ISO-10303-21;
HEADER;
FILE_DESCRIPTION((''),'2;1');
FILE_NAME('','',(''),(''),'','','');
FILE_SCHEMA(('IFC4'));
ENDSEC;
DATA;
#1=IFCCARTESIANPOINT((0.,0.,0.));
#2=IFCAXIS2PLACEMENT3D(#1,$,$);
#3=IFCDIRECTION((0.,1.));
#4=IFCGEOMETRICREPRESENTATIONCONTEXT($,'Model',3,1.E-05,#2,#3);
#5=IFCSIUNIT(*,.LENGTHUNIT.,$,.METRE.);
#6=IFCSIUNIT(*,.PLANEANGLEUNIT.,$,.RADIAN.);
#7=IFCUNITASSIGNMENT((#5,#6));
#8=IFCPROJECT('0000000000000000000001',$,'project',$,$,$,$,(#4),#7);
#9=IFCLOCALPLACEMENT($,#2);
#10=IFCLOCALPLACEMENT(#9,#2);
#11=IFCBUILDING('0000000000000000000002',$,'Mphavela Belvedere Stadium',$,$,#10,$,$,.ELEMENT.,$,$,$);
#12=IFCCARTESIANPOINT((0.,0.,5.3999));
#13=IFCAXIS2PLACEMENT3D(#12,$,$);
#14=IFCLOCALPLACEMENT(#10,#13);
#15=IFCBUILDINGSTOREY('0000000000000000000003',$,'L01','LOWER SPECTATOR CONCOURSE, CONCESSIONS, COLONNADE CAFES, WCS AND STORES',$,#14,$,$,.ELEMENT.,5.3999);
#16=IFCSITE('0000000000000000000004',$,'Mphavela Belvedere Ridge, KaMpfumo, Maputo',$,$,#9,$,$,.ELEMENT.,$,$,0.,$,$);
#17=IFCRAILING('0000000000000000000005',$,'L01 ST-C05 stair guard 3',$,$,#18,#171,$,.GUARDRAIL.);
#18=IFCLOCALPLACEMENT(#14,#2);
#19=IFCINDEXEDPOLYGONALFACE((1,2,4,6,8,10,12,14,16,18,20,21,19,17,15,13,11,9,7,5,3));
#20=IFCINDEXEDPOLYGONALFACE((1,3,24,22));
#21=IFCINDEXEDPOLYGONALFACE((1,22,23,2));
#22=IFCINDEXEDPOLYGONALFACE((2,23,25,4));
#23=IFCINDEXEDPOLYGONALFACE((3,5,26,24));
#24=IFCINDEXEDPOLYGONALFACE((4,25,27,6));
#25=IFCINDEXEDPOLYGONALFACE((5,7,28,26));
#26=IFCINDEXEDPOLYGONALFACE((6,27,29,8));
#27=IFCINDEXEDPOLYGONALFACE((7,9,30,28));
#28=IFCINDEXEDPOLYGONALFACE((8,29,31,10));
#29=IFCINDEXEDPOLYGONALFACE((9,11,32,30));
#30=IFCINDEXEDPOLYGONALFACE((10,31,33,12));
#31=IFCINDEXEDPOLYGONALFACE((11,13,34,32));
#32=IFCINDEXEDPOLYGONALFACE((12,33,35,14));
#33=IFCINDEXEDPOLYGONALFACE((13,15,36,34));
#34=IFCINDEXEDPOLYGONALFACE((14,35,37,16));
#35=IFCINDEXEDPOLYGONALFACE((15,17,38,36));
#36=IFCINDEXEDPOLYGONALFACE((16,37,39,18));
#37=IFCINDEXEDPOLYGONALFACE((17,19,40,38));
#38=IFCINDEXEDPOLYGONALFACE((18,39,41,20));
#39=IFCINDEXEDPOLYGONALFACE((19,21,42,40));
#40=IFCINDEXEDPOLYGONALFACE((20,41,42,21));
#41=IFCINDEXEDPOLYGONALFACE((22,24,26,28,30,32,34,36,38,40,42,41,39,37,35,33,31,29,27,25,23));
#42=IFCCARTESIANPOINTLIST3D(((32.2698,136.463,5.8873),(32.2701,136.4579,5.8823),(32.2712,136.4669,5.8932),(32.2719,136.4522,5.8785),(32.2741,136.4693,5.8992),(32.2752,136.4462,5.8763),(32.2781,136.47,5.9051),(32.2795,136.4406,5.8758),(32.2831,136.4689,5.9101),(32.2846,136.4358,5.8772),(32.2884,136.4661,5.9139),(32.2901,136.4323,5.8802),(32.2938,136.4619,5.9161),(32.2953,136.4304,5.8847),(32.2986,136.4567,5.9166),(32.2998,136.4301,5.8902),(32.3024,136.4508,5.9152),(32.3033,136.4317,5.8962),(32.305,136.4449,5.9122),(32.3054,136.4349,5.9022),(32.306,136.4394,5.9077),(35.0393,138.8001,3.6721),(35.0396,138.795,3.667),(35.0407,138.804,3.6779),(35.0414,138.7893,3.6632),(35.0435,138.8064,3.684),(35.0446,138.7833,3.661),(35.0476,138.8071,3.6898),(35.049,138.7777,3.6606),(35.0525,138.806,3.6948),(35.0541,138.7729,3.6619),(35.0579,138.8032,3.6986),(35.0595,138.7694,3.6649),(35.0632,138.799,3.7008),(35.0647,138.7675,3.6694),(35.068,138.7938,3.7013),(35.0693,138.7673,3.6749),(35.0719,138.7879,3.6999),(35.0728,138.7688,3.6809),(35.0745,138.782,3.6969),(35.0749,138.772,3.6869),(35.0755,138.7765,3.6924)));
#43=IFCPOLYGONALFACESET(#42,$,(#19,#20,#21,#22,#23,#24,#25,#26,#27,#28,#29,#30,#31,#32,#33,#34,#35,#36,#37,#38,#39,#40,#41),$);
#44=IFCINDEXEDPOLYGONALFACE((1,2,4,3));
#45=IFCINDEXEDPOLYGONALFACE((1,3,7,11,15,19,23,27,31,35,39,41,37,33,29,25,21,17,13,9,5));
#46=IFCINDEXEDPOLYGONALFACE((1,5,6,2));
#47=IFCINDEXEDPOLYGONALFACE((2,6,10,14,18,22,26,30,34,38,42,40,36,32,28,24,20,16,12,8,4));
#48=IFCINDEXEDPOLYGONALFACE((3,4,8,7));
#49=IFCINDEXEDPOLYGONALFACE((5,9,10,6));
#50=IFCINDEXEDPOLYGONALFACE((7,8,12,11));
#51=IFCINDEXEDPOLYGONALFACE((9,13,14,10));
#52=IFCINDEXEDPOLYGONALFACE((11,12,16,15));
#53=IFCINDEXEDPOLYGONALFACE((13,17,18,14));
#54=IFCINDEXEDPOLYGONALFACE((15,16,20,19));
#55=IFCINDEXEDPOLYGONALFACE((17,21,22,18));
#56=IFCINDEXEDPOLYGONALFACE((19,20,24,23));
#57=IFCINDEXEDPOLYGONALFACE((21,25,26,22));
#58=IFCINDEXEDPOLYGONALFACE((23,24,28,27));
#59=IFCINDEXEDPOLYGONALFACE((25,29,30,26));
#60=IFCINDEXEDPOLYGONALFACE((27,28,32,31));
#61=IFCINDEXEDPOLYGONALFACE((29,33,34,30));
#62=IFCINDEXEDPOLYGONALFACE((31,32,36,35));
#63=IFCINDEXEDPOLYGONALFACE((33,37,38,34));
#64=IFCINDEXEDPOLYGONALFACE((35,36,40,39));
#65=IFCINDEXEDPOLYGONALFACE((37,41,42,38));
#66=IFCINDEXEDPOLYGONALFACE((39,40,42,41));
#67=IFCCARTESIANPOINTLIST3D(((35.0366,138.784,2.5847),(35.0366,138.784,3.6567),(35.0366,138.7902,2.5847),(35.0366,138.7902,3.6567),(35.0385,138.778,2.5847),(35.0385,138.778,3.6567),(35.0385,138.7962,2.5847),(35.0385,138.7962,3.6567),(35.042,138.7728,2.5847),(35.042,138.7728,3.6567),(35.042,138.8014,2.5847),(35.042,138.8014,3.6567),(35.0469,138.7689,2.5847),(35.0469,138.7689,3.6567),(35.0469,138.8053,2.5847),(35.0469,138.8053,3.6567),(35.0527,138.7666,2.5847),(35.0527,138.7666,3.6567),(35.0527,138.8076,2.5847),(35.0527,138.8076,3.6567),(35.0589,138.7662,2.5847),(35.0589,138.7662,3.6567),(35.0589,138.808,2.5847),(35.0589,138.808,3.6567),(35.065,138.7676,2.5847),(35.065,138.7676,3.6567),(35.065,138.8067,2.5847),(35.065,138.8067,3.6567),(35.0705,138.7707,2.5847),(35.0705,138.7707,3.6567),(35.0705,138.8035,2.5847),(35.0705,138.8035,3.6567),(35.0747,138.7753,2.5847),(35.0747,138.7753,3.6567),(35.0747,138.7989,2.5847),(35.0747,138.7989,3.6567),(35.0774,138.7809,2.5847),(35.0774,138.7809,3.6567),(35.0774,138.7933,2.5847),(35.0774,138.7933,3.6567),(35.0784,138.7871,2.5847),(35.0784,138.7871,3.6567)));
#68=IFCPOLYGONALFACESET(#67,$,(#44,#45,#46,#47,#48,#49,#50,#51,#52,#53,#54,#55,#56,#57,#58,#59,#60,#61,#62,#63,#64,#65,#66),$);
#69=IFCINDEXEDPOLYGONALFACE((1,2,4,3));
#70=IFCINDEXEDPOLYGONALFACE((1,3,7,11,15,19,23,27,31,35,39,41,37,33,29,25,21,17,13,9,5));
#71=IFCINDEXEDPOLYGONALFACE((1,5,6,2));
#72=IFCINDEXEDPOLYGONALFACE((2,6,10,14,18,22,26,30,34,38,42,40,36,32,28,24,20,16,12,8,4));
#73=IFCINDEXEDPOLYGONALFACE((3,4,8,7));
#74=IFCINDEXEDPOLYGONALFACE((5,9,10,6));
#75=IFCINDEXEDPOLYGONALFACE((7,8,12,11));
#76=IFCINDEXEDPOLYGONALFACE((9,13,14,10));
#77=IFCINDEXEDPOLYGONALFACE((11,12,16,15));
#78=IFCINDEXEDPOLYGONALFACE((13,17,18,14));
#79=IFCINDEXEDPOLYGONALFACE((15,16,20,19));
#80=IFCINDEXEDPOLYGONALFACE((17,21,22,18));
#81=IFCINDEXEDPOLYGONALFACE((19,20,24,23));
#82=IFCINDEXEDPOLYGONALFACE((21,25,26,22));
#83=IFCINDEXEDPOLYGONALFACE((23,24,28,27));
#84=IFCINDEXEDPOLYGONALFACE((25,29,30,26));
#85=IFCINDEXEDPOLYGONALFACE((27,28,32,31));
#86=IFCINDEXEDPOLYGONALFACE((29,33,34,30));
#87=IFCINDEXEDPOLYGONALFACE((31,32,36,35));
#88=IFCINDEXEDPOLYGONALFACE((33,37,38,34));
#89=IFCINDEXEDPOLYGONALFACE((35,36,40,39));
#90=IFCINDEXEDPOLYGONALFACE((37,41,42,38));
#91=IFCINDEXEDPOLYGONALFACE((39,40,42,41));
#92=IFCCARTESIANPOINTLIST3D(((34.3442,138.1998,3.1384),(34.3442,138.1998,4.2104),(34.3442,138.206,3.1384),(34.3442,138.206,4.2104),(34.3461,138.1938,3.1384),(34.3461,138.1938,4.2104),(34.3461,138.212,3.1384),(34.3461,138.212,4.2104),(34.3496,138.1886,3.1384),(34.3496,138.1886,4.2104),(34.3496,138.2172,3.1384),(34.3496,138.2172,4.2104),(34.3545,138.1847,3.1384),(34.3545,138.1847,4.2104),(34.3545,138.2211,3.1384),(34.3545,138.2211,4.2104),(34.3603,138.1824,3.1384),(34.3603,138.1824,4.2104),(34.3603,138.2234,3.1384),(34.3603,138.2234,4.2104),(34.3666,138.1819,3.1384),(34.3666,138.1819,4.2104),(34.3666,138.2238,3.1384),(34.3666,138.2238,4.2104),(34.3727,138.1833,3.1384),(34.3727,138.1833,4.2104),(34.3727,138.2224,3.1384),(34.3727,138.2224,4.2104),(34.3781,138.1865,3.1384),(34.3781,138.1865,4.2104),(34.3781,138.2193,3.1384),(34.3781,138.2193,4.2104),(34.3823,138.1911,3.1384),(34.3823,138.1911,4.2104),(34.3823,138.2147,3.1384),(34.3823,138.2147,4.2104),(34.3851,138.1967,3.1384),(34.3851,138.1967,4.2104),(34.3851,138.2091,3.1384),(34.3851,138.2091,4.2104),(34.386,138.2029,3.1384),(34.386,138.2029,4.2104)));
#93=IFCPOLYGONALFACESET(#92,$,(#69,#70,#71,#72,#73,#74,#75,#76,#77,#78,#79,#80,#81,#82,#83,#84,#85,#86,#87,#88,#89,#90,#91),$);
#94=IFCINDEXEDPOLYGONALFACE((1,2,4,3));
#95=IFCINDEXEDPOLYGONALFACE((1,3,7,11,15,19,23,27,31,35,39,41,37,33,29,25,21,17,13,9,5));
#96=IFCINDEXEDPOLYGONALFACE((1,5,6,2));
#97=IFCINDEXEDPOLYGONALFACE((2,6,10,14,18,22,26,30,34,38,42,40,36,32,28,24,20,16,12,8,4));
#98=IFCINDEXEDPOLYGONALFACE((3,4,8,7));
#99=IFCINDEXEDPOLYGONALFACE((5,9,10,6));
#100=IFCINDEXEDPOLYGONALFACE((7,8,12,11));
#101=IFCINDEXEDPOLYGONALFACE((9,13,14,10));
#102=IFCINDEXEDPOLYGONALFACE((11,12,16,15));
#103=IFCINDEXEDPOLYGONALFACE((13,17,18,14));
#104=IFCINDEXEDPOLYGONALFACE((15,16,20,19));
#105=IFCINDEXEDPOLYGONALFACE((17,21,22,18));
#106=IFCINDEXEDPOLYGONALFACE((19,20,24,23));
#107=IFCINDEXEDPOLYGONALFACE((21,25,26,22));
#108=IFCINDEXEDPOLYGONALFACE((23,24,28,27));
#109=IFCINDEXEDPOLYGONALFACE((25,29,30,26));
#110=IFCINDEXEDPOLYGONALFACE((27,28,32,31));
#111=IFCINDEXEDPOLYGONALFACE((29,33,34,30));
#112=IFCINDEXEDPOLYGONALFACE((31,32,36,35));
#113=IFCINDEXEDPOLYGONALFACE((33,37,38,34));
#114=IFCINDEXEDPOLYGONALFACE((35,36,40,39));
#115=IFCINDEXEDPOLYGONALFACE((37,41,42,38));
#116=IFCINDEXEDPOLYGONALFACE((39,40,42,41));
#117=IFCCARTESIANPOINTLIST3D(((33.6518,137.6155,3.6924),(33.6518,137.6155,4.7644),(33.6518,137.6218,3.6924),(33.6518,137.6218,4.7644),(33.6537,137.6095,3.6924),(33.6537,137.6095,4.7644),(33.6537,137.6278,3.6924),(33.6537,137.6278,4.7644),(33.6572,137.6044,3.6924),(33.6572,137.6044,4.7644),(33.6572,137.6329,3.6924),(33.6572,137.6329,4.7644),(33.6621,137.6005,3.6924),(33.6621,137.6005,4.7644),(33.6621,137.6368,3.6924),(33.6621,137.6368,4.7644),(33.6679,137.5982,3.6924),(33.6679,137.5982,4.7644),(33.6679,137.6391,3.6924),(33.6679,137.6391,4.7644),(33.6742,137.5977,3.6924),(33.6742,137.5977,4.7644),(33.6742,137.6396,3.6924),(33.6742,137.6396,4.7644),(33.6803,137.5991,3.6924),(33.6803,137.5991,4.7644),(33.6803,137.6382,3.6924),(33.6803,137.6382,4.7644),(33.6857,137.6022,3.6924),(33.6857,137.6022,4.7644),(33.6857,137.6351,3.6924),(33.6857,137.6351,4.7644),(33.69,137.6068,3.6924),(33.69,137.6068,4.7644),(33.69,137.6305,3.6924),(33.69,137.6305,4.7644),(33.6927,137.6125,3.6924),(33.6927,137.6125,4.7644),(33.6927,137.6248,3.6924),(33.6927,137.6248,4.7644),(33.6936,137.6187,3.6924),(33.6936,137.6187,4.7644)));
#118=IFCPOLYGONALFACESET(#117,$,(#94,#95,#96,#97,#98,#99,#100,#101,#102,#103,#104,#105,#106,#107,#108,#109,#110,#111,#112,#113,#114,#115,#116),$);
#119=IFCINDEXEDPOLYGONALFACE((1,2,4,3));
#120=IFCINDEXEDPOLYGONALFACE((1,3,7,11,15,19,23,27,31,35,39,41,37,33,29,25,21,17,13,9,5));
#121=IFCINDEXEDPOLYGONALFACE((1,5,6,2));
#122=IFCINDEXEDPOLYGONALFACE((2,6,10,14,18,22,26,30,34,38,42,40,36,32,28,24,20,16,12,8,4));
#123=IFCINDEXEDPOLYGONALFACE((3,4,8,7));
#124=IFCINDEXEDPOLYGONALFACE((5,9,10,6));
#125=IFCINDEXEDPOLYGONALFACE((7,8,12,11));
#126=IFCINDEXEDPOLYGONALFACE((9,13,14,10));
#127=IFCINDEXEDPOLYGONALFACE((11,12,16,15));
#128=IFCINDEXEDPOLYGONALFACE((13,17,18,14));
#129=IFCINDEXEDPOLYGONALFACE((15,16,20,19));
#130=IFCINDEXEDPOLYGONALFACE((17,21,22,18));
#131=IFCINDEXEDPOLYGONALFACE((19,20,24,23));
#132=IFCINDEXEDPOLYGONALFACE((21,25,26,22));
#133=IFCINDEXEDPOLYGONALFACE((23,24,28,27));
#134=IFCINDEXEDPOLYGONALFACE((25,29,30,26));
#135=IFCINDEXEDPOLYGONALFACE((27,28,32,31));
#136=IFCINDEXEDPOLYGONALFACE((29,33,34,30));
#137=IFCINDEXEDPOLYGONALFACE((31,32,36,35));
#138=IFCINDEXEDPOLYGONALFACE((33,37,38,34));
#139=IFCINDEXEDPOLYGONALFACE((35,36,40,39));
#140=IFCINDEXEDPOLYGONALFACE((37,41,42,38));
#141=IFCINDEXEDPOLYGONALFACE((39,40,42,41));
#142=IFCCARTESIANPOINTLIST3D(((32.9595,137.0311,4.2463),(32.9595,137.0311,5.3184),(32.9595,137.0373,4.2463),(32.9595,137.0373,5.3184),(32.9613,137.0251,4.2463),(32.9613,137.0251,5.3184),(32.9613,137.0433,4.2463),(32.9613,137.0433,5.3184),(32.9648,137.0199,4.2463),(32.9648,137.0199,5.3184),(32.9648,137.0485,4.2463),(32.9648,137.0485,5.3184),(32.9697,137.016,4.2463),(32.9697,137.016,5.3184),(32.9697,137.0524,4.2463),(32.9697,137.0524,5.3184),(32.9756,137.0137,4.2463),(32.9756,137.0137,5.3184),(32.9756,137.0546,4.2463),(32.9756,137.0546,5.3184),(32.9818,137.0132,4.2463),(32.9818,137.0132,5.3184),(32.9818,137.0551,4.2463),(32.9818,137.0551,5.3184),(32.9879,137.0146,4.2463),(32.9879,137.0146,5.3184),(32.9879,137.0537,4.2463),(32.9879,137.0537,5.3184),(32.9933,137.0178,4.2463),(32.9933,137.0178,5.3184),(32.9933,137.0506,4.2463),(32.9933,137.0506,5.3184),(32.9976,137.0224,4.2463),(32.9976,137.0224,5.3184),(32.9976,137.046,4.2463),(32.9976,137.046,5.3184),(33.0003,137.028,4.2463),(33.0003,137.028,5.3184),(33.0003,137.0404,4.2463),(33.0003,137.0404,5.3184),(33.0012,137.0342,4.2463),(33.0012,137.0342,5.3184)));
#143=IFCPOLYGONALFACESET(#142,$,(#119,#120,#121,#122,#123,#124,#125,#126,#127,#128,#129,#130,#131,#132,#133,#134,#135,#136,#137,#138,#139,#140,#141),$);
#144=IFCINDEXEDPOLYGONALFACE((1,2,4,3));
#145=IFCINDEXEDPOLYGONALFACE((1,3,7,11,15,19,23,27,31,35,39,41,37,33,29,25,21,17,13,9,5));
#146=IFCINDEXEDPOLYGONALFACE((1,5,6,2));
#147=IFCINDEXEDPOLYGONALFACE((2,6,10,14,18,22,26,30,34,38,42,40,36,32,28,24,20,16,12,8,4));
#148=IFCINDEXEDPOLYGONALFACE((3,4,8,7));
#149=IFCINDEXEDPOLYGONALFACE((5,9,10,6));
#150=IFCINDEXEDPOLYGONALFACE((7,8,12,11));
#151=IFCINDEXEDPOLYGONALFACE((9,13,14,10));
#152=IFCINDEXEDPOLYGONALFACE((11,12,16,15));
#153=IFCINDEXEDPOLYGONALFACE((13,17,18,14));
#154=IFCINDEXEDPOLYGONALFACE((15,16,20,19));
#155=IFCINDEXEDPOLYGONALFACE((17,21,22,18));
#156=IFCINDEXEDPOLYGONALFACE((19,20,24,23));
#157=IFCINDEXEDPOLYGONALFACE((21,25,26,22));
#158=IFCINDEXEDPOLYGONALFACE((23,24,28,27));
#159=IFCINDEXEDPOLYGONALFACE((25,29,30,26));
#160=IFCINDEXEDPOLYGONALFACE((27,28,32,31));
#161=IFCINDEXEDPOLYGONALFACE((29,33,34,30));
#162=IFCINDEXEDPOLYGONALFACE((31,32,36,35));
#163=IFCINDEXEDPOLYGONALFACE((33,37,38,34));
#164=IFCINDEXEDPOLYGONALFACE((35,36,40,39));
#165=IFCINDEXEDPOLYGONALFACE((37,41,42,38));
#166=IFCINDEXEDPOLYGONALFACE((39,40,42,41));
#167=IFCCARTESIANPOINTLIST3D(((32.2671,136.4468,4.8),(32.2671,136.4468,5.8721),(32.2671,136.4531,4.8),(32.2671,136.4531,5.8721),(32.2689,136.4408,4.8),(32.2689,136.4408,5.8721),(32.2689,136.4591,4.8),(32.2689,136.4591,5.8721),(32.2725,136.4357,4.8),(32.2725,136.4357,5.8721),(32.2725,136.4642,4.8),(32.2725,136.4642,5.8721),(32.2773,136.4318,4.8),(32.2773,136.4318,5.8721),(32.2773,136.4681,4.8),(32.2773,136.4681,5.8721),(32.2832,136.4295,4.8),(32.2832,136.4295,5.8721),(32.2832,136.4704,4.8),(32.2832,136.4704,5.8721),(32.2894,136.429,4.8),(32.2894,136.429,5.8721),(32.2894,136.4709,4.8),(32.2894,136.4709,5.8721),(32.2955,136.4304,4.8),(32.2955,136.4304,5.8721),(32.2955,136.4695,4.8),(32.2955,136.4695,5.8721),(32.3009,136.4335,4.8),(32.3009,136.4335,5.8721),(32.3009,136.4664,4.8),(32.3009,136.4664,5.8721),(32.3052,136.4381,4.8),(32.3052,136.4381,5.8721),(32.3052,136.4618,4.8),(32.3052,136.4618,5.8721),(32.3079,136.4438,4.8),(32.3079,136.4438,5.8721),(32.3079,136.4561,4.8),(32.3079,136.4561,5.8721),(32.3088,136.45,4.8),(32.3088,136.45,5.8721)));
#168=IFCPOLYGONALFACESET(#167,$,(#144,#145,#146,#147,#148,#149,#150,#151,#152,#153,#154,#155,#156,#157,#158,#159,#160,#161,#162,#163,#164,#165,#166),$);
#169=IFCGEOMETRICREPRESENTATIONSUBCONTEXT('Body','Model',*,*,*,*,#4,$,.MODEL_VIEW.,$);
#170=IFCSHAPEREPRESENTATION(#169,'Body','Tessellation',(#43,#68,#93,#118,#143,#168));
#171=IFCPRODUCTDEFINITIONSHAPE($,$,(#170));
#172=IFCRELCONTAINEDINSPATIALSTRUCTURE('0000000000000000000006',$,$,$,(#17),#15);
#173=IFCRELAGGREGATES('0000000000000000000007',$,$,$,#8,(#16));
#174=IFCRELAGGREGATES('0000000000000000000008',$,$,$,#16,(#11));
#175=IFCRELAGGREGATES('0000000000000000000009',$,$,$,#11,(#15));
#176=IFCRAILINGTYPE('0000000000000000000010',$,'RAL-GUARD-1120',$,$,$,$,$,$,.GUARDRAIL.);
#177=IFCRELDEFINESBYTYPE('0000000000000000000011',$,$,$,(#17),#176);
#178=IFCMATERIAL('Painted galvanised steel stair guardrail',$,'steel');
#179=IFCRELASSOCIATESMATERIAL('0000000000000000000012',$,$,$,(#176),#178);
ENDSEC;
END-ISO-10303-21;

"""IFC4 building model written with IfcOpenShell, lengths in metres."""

from ifc_helpers import new_model, si_unit, direction, frame, origin, origin_2d, place, context, subcontext, project, spatial, circle, extrude, material, type_object, element, save


model = new_model("IFC4")

# Units and contexts
model_context = context("Model", 3, precision=1e-05, world=origin(), true_north=direction((0.0, 1.0)))
body_context = subcontext(model_context, "Body", "Model", "MODEL_VIEW")
ifc_project = project(units=[si_unit("LENGTHUNIT", "METRE"), si_unit("PLANEANGLEUNIT", "RADIAN")], contexts=[model_context])

# Site, building, storey
site_placement = place(None, origin())
site = spatial("IfcSite", under=ifc_project, at=site_placement, Name="Mphavela Belvedere Ridge, KaMpfumo, Maputo", CompositionType="ELEMENT", RefElevation=0.0)
building_placement = place(site_placement, origin())
building = spatial("IfcBuilding", under=site, at=building_placement, Name="Mphavela Belvedere Stadium", CompositionType="ELEMENT")
storey_placement = place(building_placement, frame((0.0, 0.0, 5.3999)))
storey = spatial("IfcBuildingStorey", under=building, at=storey_placement, Name="L01", Description="LOWER SPECTATOR CONCOURSE, CONCESSIONS, COLONNADE CAFES, WCS AND STORES", CompositionType="ELEMENT", Elevation=5.3999)

# Railing
ifc_material_1 = material(Name="Painted galvanised steel stair guardrail", Category="steel")
railing_type = type_object("IfcRailingType", Name="RAL-GUARD-1120", PredefinedType="GUARDRAIL", material=ifc_material_1)
railing_1_placement = place(storey_placement, frame((35.0574, 138.7871, 2.5847)))
element("IfcRailing", 1, at=railing_1_placement, inside=storey, type_object=railing_type, Name="L01 ST-C05 stair guard 3", PredefinedType="GUARDRAIL", context=body_context, shape_type="SweptSolid", body=[
    extrude(circle(Radius=0.0239, at=origin_2d()), frame((0.0, 0.0, 1.0962), z_axis=(-0.652055, -0.550258, 0.521575), x_axis=(0.64493, -0.764242, 0.0)), (0.0, 0.0, 1.0), 4.2473),
    extrude(circle(Radius=0.021, at=origin_2d()), origin(), (0.0, 0.0, 1.0), 1.072),
    extrude(circle(Radius=0.021, at=origin_2d()), frame((-0.6924, -0.5842, 0.5537)), (0.0, 0.0, 1.0), 1.072),
    extrude(circle(Radius=0.021, at=origin_2d()), frame((-1.3848, -1.1685, 1.1077)), (0.0, 0.0, 1.0), 1.072),
    extrude(circle(Radius=0.021, at=origin_2d()), frame((-2.0771, -1.7529, 1.6616)), (0.0, 0.0, 1.0), 1.072),
    extrude(circle(Radius=0.021, at=origin_2d()), frame((-2.7695, -2.3372, 2.2153)), (0.0, 0.0, 1.0), 1.072),
])

save(model, "model.ifc")
